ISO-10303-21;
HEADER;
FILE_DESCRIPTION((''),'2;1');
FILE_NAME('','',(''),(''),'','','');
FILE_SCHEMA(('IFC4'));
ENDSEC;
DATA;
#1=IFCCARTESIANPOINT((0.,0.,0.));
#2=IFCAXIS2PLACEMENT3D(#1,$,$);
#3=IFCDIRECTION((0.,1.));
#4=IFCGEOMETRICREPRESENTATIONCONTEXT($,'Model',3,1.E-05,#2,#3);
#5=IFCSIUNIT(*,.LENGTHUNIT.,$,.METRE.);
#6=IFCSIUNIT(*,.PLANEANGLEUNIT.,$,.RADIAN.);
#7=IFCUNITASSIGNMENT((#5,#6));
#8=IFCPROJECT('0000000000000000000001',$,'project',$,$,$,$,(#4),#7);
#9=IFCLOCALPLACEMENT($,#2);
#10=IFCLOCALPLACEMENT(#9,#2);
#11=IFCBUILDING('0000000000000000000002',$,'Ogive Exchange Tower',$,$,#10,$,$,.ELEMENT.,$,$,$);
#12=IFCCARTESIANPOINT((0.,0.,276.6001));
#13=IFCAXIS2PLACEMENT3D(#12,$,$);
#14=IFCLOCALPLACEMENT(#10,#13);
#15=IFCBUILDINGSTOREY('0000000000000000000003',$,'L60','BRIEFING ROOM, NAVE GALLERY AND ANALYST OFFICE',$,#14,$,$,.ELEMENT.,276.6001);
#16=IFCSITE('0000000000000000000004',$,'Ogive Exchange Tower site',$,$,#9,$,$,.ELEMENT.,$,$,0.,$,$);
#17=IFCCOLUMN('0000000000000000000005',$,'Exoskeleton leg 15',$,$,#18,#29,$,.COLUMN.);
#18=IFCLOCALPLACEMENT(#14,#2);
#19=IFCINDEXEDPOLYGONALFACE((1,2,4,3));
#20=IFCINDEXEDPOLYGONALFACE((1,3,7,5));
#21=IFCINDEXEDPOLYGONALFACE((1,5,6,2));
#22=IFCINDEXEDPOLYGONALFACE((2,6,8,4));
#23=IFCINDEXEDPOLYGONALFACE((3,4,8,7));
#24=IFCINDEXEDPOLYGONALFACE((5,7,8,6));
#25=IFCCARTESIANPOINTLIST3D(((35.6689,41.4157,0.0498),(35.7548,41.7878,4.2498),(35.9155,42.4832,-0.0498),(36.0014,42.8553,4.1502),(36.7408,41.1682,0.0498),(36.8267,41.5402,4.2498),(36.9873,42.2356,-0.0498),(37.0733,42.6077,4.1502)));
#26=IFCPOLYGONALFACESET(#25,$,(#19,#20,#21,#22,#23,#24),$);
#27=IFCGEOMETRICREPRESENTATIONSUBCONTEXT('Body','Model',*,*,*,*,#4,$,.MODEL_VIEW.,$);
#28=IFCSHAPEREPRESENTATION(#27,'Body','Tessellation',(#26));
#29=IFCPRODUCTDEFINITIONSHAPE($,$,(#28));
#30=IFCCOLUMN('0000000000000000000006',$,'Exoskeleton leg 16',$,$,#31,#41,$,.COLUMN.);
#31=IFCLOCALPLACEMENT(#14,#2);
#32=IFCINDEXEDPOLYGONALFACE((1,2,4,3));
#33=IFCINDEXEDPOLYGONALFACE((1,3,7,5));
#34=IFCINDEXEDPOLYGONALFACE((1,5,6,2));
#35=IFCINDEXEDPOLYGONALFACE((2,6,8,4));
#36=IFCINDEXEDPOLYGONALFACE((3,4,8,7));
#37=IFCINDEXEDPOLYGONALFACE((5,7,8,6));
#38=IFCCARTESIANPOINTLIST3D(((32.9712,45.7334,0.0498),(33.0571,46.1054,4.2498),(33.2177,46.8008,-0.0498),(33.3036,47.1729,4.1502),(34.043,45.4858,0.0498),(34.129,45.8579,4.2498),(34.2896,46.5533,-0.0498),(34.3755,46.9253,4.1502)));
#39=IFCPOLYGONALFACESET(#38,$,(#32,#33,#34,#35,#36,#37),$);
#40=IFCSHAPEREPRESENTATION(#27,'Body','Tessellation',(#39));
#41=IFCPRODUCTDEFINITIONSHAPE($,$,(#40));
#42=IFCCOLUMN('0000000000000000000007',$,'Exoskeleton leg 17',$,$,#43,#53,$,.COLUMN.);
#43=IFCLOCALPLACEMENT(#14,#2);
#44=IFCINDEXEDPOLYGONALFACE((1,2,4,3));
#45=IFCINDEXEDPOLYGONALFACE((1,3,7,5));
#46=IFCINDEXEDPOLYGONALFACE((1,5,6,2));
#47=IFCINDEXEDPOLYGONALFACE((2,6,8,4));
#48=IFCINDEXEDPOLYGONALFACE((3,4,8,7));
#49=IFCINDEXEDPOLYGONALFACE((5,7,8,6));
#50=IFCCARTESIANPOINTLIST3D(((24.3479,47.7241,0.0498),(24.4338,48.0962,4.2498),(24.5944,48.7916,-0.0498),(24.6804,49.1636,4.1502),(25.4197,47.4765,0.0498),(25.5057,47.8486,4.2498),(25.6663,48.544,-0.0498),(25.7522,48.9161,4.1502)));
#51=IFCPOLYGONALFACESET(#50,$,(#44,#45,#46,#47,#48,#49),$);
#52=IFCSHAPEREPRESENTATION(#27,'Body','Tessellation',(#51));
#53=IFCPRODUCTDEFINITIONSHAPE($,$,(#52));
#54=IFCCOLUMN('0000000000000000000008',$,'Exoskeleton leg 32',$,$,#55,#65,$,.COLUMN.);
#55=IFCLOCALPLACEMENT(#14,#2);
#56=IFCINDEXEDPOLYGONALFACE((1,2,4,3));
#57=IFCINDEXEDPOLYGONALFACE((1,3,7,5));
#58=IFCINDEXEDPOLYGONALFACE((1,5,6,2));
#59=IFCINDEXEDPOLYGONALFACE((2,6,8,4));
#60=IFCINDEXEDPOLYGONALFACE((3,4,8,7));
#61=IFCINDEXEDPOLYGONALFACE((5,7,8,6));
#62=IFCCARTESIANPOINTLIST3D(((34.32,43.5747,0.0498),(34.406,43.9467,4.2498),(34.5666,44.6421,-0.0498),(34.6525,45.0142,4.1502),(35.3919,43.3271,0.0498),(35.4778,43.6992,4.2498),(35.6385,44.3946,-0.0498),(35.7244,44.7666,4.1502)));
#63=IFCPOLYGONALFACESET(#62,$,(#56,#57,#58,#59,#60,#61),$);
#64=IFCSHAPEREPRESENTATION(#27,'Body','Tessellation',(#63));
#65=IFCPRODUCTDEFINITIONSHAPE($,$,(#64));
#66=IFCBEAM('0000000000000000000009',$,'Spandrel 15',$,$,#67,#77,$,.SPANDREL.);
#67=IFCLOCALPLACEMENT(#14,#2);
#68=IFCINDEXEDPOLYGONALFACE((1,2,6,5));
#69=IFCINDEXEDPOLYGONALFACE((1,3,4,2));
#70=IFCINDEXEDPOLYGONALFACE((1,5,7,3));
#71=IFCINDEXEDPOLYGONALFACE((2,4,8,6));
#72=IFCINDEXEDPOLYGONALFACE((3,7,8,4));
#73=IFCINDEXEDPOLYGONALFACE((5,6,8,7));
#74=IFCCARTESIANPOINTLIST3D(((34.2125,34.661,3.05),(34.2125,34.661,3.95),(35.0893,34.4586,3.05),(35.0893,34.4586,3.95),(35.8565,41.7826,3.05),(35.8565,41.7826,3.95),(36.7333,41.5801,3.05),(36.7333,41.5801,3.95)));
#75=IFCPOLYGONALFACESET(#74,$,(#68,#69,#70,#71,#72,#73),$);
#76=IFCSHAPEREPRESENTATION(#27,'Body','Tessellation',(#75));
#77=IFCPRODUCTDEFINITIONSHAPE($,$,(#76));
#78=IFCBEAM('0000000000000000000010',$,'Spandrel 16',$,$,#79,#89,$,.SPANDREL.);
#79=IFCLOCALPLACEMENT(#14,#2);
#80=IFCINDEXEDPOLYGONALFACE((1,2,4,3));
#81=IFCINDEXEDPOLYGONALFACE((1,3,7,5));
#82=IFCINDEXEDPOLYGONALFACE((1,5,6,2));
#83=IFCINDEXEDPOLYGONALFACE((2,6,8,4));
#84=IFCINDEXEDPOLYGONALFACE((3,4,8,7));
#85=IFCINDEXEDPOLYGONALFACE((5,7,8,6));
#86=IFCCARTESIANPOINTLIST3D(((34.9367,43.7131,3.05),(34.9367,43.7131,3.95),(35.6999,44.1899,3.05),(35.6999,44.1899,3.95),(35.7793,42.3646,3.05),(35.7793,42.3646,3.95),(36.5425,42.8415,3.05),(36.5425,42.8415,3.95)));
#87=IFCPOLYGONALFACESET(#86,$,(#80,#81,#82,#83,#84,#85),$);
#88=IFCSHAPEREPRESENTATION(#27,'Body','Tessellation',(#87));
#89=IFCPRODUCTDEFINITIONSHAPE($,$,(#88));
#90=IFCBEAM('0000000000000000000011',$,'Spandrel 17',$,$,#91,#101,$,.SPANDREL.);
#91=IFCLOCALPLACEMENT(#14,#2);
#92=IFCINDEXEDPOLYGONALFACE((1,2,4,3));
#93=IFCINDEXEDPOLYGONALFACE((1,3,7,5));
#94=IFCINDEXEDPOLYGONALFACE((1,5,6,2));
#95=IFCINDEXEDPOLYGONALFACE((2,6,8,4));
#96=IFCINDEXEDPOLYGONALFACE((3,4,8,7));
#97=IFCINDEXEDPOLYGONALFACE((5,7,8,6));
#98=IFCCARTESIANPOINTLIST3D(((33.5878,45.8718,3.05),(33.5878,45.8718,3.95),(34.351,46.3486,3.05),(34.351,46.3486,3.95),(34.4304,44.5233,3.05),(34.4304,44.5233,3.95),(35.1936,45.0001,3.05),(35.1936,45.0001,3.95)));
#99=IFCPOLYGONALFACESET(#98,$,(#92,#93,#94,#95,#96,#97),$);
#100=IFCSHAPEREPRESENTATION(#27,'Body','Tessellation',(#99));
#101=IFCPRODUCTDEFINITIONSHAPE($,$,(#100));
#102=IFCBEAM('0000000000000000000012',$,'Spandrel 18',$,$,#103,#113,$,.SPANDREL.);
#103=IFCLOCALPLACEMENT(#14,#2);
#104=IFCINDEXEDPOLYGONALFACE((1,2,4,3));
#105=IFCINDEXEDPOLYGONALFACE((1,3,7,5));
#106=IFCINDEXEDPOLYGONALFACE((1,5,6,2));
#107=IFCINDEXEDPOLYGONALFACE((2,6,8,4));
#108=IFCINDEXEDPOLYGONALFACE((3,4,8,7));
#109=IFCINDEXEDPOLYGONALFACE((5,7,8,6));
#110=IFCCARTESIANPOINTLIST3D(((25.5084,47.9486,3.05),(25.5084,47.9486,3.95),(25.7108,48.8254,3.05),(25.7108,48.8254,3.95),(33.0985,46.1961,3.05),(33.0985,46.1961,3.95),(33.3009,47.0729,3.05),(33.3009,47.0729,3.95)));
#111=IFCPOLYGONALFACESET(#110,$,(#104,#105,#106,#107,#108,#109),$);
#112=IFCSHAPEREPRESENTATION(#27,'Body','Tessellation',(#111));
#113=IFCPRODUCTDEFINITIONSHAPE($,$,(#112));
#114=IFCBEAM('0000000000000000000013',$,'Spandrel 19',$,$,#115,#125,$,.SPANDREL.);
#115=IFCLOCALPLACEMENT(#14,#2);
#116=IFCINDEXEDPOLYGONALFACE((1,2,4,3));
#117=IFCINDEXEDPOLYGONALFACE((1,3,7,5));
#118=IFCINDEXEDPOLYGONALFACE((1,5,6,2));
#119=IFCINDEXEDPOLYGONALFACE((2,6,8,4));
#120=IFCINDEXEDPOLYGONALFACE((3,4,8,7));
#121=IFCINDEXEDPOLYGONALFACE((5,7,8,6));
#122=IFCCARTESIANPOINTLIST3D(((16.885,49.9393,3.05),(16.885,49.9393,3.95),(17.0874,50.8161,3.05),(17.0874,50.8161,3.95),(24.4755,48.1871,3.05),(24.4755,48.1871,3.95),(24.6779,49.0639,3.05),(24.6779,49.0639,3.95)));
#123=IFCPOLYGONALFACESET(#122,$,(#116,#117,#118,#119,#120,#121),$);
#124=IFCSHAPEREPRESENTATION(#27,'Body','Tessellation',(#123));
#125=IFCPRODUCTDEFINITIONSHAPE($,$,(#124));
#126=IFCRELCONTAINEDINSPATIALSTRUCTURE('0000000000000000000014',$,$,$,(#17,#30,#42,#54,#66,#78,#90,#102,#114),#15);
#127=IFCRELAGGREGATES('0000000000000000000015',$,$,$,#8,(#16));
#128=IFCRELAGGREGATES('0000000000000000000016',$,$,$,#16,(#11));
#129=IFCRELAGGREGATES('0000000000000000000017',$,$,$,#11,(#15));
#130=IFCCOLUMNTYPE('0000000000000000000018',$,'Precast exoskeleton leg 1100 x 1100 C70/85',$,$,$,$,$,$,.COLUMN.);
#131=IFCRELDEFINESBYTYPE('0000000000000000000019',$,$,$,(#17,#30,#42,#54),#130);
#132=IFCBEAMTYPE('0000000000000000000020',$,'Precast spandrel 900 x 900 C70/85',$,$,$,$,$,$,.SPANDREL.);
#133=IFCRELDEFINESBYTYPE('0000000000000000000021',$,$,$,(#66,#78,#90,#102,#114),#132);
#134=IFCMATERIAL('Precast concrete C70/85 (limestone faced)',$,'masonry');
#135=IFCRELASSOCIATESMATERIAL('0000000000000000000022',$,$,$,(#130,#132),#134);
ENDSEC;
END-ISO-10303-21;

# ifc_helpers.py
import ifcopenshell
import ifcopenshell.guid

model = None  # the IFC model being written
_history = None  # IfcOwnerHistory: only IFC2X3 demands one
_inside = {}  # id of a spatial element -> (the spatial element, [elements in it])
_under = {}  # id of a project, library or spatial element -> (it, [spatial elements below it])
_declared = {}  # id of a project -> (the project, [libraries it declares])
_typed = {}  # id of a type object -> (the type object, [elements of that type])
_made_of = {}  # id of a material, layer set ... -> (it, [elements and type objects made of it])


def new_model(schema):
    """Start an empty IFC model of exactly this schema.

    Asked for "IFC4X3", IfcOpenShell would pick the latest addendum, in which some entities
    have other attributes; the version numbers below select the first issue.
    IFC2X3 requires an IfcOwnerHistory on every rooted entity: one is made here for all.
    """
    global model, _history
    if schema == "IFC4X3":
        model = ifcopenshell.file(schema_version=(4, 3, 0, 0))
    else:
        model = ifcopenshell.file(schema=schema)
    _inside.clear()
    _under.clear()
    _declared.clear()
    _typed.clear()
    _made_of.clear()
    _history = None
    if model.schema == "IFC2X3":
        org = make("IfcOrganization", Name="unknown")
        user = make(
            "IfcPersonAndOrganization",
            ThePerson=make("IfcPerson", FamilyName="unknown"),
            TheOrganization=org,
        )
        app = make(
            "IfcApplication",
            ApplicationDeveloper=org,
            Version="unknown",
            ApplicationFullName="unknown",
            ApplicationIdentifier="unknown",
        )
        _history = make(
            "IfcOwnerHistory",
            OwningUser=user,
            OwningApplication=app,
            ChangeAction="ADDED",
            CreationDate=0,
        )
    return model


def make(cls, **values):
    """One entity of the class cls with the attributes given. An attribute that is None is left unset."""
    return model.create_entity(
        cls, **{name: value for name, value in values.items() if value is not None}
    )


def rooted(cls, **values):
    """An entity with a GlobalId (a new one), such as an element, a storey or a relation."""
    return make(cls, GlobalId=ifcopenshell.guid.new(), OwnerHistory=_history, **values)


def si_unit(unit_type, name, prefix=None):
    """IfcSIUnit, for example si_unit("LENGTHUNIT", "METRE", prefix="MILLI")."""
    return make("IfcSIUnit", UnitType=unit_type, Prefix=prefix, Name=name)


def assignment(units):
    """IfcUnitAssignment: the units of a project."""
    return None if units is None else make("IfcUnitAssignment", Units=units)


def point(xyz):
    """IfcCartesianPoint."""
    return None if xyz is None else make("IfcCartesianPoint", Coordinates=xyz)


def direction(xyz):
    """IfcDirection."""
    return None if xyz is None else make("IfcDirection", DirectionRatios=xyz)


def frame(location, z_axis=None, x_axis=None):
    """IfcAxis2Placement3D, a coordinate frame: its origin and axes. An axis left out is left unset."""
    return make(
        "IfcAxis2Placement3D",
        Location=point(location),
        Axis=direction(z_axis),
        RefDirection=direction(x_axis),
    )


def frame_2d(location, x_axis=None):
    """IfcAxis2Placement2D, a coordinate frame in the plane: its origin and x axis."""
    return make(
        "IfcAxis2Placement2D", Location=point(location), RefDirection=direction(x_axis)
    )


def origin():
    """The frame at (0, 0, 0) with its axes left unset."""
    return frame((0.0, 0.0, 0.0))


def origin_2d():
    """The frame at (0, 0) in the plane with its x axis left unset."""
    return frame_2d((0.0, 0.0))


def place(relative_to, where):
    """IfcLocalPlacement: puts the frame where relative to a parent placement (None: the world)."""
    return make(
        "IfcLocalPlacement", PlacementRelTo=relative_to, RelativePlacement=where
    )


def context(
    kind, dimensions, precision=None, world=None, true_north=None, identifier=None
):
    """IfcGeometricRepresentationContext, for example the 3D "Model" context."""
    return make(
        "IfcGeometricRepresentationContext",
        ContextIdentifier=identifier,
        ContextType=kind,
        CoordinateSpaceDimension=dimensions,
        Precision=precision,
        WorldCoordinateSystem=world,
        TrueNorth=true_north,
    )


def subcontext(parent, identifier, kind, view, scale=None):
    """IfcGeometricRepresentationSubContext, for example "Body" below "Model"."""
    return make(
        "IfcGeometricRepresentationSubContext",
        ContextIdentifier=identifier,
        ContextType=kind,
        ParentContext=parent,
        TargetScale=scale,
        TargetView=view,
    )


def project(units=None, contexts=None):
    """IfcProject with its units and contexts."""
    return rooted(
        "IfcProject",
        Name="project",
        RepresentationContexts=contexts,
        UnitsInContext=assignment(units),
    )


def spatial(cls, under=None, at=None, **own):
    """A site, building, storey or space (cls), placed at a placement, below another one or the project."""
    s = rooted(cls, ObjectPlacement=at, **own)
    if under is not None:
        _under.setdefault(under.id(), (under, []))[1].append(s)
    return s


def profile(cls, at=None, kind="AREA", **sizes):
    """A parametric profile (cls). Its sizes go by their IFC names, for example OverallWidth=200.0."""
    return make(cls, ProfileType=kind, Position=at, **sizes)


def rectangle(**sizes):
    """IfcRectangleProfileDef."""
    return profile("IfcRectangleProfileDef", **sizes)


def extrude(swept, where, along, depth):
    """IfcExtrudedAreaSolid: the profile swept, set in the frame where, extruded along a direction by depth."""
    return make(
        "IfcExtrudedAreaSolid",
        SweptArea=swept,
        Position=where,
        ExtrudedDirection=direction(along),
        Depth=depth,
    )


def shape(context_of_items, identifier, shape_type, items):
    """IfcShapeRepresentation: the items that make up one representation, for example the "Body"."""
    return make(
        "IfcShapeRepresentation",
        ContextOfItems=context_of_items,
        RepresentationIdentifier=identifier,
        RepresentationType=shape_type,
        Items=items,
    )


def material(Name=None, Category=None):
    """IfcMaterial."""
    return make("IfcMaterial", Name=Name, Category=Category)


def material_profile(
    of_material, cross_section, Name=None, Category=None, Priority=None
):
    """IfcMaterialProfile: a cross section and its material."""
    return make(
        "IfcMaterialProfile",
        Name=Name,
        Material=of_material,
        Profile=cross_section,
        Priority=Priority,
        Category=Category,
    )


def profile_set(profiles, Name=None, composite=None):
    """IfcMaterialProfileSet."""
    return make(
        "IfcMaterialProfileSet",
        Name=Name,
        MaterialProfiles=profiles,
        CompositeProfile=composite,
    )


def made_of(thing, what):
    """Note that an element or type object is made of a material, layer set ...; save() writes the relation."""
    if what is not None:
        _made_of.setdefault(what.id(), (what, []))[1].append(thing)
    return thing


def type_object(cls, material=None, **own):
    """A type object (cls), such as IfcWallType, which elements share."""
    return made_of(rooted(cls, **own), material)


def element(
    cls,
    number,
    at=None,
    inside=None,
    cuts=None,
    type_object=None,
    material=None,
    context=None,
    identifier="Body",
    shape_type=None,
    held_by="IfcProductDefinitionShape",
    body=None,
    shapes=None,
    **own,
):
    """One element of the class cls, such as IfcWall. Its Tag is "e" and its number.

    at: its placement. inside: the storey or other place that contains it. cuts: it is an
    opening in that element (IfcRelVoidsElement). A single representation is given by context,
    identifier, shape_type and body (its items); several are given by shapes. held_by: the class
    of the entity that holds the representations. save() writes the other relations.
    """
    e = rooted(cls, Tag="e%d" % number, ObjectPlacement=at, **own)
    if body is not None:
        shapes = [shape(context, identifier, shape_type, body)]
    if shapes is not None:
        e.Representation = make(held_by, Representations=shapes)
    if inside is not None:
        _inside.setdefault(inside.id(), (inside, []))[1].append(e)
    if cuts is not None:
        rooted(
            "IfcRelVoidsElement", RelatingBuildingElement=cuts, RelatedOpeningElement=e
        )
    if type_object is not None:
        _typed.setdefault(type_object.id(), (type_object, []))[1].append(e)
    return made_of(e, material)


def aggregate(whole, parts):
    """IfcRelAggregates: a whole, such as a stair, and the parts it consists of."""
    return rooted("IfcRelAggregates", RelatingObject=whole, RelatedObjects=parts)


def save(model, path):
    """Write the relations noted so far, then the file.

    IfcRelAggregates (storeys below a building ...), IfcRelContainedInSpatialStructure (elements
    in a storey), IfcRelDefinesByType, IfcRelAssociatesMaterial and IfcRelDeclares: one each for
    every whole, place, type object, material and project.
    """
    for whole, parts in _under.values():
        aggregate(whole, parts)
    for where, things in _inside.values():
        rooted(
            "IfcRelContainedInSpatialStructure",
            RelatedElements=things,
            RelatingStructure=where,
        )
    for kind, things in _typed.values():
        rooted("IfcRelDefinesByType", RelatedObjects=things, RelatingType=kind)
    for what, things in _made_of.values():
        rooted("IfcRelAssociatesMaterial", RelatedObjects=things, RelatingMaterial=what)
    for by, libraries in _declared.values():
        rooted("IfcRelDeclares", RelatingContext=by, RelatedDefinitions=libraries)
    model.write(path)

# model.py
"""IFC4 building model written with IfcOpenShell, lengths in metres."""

from ifc_helpers import new_model, si_unit, direction, frame, origin, origin_2d, place, context, subcontext, project, spatial, rectangle, extrude, material, material_profile, profile_set, type_object, element, save


model = new_model("IFC4")

# Units and contexts
model_context = context("Model", 3, precision=1e-05, world=origin(), true_north=direction((0.0, 1.0)))
body_context = subcontext(model_context, "Body", "Model", "MODEL_VIEW")
ifc_project = project(units=[si_unit("LENGTHUNIT", "METRE"), si_unit("PLANEANGLEUNIT", "RADIAN")], contexts=[model_context])

# Site, building, storey
site_placement = place(None, origin())
site = spatial("IfcSite", under=ifc_project, at=site_placement, Name="Ogive Exchange Tower site", CompositionType="ELEMENT", RefElevation=0.0)
building_placement = place(site_placement, origin())
building = spatial("IfcBuilding", under=site, at=building_placement, Name="Ogive Exchange Tower", CompositionType="ELEMENT")
storey_placement = place(building_placement, frame((0.0, 0.0, 276.6001)))
storey = spatial("IfcBuildingStorey", under=building, at=storey_placement, Name="L60", Description="BRIEFING ROOM, NAVE GALLERY AND ANALYST OFFICE", CompositionType="ELEMENT", Elevation=276.6001)

# Columns
ifc_material_1 = material(Name="Precast concrete C70/85 (limestone faced)", Category="masonry")
ifc_material_profile_1 = material_profile(ifc_material_1, rectangle(XDim=1.1001, YDim=1.1001, at=origin_2d()), Name="1100 x 1100")
ifc_profile_set_1 = profile_set([ifc_material_profile_1], Name="Precast concrete C70/85 (limestone faced)")
column_type = type_object("IfcColumnType", Name="Precast exoskeleton leg 1100 x 1100 C70/85", PredefinedType="COLUMN", material=ifc_profile_set_1)
for number, where, z_axis, x_axis, name in (
    (1, (36.3281, 41.8257, 0.0), (0.020377, 0.088225, 0.995892), (-0.974348, 0.225046, 0.0), "Exoskeleton leg 15"),
    (2, (33.6304, 46.1433, 0.0), (0.020377, 0.088225, 0.995892), (-0.974348, 0.225046, 0.0), "Exoskeleton leg 16"),
    (3, (25.0071, 48.134, 0.0), (0.020377, 0.088225, 0.995892), (-0.974348, 0.225046, 0.0), "Exoskeleton leg 17"),
    (4, (34.9792, 43.9846, 0.0), (0.020377, 0.088225, 0.995892), (-0.974348, 0.225046, 0.0), "Exoskeleton leg 32"),
):
    element("IfcColumn", number, at=place(storey_placement, frame(where, z_axis=z_axis, x_axis=x_axis)), inside=storey, type_object=column_type, Name=name, PredefinedType="COLUMN", context=body_context, shape_type="SweptSolid", body=[
        extrude(rectangle(XDim=1.1001, YDim=1.1001, at=origin_2d()), origin(), (0.0, 0.0, 1.0), 4.2173),
    ])

# Beams
ifc_material_profile_2 = material_profile(ifc_material_1, rectangle(XDim=0.8999, YDim=0.8999, at=origin_2d()), Name="900 x 900")
ifc_profile_set_2 = profile_set([ifc_material_profile_2], Name="Precast concrete C70/85 (limestone faced)")
beam_type = type_object("IfcBeamType", Name="Precast spandrel 900 x 900 C70/85", PredefinedType="SPANDREL", material=ifc_profile_set_2)
beam_1_placement = place(storey_placement, frame((34.6509, 34.5598, 3.5), z_axis=(0.224938, 0.974373, 0.0), x_axis=(-0.974373, 0.224938, 0.0)))
element("IfcBeam", 5, at=beam_1_placement, inside=storey, type_object=beam_type, Name="Spandrel 15", PredefinedType="SPANDREL", context=body_context, shape_type="SweptSolid", body=[
    extrude(rectangle(XDim=0.8999, YDim=0.8999, at=origin_2d()), origin(), (0.0, 0.0, 1.0), 7.3088),
])
for number, where, z_axis, x_axis, name in (
    (6, (36.1609, 42.603, 3.5), (-0.529902, 0.848059, 0.0), (-0.848059, -0.529902, 0.0), "Spandrel 16"),
    (7, (34.812, 44.7617, 3.5), (-0.529902, 0.848059, 0.0), (-0.848059, -0.529902, 0.0), "Spandrel 17"),
):
    element("IfcBeam", number, at=place(storey_placement, frame(where, z_axis=z_axis, x_axis=x_axis)), inside=storey, type_object=beam_type, Name=name, PredefinedType="SPANDREL", context=body_context, shape_type="SweptSolid", body=[
        extrude(rectangle(XDim=0.8999, YDim=0.8999, at=origin_2d()), origin(), (0.0, 0.0, 1.0), 1.5901),
    ])
beam_2_placement = place(storey_placement, frame((33.1997, 46.6345, 3.5), z_axis=(-0.974366, 0.224967, 0.0), x_axis=(-0.224967, -0.974366, 0.0)))
element("IfcBeam", 8, at=beam_2_placement, inside=storey, type_object=beam_type, Name="Spandrel 18", PredefinedType="SPANDREL", context=body_context, shape_type="SweptSolid", body=[
    extrude(rectangle(XDim=0.8999, YDim=0.8999, at=origin_2d()), origin(), (0.0, 0.0, 1.0), 7.7898),
])
beam_3_placement = place(storey_placement, frame((24.5767, 48.6255, 3.5), z_axis=(-0.974375, 0.22493, 0.0), x_axis=(-0.22493, -0.974375, 0.0)))
element("IfcBeam", 9, at=beam_3_placement, inside=storey, type_object=beam_type, Name="Spandrel 19", PredefinedType="SPANDREL", context=body_context, shape_type="SweptSolid", body=[
    extrude(rectangle(XDim=0.8999, YDim=0.8999, at=origin_2d()), origin(), (0.0, 0.0, 1.0), 7.79),
])

save(model, "model.ifc")
